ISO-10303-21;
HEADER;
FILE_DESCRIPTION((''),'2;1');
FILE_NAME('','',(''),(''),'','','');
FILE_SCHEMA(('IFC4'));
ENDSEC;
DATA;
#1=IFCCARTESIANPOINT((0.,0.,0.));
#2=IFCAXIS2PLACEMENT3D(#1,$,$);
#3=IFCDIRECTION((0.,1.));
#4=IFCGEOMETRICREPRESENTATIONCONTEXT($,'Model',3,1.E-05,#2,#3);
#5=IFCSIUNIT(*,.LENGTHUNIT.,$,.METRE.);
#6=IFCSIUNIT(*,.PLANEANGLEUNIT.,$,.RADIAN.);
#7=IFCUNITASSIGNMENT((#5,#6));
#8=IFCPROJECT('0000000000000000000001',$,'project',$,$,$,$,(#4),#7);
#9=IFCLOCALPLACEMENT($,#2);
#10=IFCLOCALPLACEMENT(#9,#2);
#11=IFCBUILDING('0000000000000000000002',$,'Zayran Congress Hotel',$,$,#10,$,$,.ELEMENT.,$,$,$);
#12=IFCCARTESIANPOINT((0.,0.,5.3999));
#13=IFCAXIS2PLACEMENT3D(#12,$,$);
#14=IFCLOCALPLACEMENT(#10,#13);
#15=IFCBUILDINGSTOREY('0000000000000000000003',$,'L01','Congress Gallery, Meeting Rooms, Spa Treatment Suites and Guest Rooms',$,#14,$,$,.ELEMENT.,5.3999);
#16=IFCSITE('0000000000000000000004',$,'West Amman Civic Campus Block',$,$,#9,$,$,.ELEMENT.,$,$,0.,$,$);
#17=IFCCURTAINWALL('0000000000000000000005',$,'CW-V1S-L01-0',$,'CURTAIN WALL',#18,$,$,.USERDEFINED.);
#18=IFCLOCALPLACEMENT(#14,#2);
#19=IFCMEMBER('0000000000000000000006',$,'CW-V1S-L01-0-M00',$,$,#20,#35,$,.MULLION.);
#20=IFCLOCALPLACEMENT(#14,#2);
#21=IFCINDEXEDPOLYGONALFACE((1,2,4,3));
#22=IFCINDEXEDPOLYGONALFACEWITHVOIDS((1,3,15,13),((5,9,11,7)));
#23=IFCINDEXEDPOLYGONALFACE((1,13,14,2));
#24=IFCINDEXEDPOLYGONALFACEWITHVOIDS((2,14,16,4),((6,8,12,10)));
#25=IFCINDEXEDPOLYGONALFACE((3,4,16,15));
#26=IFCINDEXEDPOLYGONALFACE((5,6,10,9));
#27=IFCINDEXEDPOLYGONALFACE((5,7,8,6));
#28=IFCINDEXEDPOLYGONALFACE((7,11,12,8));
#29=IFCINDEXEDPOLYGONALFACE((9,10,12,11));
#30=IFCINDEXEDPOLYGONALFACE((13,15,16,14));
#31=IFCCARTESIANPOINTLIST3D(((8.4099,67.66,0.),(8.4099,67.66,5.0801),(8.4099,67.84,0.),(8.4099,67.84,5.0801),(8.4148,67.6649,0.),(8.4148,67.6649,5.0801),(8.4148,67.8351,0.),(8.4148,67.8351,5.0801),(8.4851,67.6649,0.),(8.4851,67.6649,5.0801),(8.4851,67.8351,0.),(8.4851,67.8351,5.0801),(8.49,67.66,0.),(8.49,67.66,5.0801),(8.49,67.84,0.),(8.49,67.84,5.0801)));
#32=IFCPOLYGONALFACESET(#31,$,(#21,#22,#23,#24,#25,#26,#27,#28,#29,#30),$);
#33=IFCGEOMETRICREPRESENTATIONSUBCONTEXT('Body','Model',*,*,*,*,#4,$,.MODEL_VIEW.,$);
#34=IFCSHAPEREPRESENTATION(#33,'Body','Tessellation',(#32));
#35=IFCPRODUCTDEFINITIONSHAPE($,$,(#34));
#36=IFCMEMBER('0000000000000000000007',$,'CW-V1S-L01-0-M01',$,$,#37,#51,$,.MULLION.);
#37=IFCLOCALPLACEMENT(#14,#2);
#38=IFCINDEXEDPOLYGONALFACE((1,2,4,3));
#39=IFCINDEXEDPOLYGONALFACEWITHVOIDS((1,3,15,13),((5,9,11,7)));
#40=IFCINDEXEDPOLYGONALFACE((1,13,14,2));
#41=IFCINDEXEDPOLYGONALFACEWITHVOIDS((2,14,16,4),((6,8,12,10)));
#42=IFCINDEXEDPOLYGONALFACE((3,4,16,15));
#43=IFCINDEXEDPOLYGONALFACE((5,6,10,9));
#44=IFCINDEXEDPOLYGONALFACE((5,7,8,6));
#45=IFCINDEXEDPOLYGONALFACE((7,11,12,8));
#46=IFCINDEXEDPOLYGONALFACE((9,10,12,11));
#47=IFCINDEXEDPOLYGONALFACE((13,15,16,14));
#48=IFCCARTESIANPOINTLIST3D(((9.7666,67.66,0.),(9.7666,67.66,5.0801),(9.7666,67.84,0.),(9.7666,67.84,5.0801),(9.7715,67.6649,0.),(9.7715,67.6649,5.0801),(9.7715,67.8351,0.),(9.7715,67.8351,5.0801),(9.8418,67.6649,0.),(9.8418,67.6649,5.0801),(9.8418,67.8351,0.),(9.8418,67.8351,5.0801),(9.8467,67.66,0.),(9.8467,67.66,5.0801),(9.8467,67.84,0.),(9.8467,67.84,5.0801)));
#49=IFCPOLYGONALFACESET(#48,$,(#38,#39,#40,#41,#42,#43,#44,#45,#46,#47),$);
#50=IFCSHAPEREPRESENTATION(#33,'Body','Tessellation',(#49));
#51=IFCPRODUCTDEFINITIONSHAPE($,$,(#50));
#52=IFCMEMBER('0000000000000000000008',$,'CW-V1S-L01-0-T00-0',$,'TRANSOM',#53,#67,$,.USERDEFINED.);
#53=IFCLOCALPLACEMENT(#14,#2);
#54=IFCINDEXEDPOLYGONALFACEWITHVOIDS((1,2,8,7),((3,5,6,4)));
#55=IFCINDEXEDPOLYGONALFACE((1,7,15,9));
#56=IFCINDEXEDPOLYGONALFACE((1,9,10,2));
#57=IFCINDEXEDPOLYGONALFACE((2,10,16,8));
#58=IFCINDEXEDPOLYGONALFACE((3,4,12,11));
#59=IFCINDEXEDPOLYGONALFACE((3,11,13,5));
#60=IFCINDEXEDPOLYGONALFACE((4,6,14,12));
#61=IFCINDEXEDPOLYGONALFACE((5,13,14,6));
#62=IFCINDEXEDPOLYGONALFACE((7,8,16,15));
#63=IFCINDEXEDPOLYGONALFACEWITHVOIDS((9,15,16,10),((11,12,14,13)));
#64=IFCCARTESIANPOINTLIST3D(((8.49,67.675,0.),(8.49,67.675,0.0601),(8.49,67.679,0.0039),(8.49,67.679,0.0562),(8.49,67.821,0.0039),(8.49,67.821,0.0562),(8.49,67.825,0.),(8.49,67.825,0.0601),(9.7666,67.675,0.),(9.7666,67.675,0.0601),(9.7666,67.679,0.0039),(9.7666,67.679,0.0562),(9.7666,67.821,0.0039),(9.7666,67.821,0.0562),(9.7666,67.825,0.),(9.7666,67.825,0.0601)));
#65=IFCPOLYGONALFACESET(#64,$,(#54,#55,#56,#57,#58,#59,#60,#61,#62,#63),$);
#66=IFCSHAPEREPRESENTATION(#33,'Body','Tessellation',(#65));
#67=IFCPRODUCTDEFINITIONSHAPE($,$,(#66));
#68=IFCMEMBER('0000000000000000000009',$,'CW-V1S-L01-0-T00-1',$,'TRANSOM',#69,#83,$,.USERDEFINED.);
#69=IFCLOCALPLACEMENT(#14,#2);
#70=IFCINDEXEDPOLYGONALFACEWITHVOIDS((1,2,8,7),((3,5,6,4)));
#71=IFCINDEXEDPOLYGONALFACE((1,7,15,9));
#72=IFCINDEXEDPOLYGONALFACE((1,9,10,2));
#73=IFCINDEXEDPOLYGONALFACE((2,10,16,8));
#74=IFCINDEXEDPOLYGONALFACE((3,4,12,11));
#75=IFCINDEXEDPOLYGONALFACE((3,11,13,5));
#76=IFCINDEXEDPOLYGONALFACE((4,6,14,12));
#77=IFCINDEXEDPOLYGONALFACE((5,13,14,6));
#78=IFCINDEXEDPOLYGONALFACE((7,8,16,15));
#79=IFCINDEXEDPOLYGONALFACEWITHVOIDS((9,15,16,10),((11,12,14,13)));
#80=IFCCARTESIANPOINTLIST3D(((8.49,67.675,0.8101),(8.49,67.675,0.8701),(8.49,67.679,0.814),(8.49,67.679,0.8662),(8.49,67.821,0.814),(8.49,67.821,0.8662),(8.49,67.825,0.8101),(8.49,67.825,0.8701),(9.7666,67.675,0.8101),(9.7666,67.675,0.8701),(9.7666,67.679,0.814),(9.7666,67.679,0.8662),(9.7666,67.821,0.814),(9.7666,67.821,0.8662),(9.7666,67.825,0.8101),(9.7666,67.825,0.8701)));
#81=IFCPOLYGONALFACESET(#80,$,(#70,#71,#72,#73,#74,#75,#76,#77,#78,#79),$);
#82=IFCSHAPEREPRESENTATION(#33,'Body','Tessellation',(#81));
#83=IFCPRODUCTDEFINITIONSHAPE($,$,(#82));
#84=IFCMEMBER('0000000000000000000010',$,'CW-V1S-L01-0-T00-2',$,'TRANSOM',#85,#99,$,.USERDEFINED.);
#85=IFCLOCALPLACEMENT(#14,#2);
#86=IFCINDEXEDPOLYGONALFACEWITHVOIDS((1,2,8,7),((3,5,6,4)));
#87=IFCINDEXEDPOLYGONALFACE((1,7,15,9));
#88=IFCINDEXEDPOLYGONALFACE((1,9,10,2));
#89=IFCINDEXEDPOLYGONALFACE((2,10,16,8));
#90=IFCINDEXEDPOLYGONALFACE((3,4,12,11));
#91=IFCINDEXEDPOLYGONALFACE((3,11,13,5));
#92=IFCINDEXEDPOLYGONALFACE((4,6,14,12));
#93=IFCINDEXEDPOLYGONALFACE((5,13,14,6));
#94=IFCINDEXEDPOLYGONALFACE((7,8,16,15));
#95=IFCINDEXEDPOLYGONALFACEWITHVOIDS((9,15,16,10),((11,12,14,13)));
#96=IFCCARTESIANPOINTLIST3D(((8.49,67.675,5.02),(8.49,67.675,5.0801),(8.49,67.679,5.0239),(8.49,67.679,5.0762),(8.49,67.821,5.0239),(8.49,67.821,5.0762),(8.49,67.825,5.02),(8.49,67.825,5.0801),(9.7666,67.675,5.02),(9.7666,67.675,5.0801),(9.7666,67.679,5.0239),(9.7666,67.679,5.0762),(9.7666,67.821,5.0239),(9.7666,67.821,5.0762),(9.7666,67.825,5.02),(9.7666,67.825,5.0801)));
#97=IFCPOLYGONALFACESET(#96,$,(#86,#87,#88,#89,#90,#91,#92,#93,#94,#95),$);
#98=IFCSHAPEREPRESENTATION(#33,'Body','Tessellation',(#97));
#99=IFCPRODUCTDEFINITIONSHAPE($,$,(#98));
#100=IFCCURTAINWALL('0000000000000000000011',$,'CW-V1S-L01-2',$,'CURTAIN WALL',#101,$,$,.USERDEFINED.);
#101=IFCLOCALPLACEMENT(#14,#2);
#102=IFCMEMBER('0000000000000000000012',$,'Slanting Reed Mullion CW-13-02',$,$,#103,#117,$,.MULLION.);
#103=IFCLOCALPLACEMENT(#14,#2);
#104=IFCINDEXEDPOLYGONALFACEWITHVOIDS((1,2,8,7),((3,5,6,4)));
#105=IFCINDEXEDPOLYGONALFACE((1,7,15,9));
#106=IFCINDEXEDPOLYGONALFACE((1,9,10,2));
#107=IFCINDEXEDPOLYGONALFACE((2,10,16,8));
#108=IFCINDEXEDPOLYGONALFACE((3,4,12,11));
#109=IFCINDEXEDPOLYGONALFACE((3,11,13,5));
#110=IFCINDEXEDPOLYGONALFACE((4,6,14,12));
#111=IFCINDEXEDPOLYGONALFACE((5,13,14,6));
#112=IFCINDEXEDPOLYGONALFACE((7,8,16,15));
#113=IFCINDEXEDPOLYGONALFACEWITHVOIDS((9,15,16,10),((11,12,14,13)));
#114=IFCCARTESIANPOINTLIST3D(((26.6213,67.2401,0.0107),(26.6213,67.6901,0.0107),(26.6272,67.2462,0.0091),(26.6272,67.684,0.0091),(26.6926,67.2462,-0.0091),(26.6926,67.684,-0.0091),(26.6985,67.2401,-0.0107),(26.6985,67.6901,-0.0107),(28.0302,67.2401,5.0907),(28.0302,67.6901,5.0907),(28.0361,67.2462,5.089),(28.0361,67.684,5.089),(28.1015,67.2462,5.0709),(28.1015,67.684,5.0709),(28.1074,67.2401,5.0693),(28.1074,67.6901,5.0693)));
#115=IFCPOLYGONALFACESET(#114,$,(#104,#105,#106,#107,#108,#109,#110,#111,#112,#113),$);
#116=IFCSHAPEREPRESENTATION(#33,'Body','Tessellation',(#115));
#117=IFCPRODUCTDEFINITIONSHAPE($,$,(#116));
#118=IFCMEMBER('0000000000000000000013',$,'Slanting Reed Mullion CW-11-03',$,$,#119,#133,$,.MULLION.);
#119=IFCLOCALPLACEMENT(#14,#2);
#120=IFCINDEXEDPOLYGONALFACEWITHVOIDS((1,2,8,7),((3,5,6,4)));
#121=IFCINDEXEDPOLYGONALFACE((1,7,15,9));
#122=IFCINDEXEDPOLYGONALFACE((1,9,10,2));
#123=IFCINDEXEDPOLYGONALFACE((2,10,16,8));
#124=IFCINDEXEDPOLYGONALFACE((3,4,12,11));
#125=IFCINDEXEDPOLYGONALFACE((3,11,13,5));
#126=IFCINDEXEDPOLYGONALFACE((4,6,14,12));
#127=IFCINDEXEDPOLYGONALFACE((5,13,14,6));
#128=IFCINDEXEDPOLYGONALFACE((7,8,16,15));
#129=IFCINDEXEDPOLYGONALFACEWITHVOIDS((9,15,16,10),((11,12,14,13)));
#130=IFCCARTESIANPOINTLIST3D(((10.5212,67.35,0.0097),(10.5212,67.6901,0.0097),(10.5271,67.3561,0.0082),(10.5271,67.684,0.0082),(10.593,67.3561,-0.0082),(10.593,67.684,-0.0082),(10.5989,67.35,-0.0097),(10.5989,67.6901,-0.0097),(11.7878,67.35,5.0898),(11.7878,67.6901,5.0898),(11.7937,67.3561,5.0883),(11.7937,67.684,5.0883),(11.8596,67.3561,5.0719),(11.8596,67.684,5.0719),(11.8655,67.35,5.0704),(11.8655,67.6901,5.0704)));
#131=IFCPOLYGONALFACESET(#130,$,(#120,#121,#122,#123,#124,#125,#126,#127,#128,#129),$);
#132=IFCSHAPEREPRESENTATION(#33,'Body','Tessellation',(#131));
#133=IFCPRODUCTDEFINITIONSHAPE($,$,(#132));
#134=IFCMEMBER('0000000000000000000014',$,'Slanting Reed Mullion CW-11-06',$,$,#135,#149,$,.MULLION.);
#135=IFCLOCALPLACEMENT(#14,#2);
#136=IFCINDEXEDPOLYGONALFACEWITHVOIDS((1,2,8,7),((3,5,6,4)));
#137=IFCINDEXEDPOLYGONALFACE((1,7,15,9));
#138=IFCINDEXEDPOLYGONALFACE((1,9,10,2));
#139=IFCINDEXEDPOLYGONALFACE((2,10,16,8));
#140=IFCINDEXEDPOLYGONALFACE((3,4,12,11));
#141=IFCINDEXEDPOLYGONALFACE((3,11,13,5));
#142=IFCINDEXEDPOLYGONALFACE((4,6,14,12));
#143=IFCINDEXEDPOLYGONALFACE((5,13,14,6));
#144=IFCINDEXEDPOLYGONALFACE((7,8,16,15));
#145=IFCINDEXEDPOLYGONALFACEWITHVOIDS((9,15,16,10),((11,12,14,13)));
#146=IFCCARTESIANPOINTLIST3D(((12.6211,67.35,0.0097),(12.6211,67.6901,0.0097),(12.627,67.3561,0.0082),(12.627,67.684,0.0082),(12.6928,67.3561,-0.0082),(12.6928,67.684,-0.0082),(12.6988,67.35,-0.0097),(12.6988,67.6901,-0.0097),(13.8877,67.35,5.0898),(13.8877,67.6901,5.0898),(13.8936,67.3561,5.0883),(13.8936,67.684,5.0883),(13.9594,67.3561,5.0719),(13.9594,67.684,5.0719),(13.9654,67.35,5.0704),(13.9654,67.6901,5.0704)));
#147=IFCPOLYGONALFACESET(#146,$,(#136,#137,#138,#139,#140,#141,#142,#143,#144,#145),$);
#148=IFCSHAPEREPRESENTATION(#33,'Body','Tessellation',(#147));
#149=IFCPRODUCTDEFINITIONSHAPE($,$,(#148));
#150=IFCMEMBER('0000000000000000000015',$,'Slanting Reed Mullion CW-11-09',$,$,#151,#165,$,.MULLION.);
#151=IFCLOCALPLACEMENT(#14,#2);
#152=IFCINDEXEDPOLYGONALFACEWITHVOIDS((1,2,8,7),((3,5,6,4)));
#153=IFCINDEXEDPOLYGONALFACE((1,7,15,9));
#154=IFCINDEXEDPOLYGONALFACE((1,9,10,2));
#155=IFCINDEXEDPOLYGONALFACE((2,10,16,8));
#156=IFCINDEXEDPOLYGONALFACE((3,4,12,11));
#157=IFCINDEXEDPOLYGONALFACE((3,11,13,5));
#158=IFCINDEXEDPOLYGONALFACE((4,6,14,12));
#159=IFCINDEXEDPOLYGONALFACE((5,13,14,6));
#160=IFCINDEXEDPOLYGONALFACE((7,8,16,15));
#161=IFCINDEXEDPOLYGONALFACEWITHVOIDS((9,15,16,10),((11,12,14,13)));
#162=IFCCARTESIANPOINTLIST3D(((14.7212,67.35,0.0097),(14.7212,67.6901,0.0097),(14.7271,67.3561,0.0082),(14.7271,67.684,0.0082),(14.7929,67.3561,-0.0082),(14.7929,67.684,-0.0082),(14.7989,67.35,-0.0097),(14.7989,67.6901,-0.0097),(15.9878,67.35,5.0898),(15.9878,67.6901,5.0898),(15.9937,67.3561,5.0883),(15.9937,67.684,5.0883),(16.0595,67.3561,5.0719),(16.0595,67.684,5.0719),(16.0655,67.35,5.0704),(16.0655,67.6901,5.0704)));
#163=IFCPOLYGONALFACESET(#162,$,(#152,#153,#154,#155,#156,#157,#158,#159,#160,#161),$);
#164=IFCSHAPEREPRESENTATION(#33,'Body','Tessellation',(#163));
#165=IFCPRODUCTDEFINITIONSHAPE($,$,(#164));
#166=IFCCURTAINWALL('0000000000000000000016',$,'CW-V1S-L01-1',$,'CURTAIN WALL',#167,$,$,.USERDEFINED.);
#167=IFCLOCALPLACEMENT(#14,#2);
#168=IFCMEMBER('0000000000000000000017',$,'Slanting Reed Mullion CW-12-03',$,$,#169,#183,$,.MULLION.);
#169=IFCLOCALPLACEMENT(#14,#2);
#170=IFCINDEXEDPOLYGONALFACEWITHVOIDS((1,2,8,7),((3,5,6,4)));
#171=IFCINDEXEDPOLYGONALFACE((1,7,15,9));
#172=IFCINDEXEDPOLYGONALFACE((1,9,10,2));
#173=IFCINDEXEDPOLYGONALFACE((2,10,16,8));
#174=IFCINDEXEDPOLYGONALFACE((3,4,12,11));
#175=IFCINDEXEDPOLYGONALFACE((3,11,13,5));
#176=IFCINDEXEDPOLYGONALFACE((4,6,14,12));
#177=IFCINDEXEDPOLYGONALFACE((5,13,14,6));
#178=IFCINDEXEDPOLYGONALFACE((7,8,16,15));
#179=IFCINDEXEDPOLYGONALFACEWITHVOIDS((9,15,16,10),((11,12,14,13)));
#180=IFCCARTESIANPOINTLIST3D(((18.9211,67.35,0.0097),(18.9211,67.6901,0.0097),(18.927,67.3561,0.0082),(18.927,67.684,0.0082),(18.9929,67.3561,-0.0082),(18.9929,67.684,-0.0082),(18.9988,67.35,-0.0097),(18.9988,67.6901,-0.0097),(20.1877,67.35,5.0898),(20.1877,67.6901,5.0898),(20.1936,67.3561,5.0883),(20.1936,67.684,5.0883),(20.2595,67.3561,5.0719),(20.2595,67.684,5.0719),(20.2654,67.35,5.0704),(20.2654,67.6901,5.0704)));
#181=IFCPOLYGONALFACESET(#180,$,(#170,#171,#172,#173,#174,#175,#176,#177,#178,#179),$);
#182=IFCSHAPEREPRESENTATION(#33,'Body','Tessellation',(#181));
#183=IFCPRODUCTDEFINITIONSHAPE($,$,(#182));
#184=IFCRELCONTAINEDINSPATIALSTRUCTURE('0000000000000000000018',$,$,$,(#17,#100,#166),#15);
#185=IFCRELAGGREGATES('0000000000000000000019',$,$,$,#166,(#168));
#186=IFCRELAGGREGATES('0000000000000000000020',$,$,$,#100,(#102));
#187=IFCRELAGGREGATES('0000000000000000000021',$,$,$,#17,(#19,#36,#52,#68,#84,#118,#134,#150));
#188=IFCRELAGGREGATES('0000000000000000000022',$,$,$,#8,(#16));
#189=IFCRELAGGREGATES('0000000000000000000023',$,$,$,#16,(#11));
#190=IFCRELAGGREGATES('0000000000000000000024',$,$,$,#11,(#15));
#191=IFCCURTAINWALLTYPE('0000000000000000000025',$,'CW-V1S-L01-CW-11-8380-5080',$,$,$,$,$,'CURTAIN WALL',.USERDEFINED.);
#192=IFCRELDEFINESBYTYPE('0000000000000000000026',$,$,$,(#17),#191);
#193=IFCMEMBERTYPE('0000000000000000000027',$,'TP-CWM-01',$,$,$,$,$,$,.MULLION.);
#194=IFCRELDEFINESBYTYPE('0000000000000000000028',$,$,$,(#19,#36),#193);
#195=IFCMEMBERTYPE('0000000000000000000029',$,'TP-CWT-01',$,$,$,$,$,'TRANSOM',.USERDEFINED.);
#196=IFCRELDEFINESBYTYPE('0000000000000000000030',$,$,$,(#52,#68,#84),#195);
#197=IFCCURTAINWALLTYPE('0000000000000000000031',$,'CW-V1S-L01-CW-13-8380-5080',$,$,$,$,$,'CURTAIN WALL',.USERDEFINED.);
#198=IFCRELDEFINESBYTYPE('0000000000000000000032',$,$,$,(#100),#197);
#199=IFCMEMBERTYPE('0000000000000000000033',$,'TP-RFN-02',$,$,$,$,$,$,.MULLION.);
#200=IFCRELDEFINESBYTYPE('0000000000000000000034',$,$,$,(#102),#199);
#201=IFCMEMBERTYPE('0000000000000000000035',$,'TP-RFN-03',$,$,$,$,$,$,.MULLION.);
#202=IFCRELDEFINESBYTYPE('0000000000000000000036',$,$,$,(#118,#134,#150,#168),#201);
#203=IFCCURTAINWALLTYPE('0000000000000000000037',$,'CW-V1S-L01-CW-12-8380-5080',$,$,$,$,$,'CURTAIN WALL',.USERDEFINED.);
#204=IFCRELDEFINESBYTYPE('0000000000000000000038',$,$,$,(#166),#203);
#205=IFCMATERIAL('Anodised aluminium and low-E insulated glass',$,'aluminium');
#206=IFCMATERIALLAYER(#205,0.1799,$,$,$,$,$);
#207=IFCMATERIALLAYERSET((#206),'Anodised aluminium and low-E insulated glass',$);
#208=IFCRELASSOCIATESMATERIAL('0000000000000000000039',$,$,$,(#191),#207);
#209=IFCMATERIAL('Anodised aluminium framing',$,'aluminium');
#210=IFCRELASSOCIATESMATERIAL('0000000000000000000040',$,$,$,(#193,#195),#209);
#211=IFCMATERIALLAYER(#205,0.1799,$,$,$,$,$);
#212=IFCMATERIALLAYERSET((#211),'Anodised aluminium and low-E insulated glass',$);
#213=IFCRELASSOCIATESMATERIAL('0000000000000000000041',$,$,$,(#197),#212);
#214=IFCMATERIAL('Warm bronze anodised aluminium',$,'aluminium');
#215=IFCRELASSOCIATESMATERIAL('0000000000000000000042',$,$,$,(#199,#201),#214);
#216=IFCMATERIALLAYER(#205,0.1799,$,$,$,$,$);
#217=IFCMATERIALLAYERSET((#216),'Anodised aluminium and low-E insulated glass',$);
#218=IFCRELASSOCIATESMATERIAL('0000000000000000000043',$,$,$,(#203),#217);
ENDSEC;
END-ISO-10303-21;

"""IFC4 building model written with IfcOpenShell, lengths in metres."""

from ifc_helpers import new_model, si_unit, direction, frame, origin, origin_2d, place, context, subcontext, project, spatial, hollow_rectangle, extrude, material, layer, layer_set, material_profile, profile_set, type_object, element, aggregate, save


model = new_model("IFC4")

# Units and contexts
model_context = context("Model", 3, precision=1e-05, world=origin(), true_north=direction((0.0, 1.0)))
body_context = subcontext(model_context, "Body", "Model", "MODEL_VIEW")
ifc_project = project(units=[si_unit("LENGTHUNIT", "METRE"), si_unit("PLANEANGLEUNIT", "RADIAN")], contexts=[model_context])

# Site, building, storey
site_placement = place(None, origin())
site = spatial("IfcSite", under=ifc_project, at=site_placement, Name="West Amman Civic Campus Block", CompositionType="ELEMENT", RefElevation=0.0)
building_placement = place(site_placement, origin())
building = spatial("IfcBuilding", under=site, at=building_placement, Name="Zayran Congress Hotel", CompositionType="ELEMENT")
storey_placement = place(building_placement, frame((0.0, 0.0, 5.3999)))
storey = spatial("IfcBuildingStorey", under=building, at=storey_placement, Name="L01", Description="Congress Gallery, Meeting Rooms, Spa Treatment Suites and Guest Rooms", CompositionType="ELEMENT", Elevation=5.3999)

# Curtain wall, members
ifc_material_1 = material(Name="Anodised aluminium and low-E insulated glass", Category="aluminium")
ifc_layer_1 = layer(ifc_material_1, 0.1799)
ifc_layer_set_1 = layer_set([ifc_layer_1], Name="Anodised aluminium and low-E insulated glass")
curtain_wall_type_1 = type_object("IfcCurtainWallType", Name="CW-V1S-L01-CW-11-8380-5080", ElementType="CURTAIN WALL", PredefinedType="USERDEFINED", material=ifc_layer_set_1)
curtain_wall_1_placement = place(storey_placement, origin())
curtain_wall_1 = element("IfcCurtainWall", 1, at=curtain_wall_1_placement, inside=storey, type_object=curtain_wall_type_1, Name="CW-V1S-L01-0", ObjectType="CURTAIN WALL", PredefinedType="USERDEFINED")
ifc_material_2 = material(Name="Anodised aluminium framing", Category="aluminium")
ifc_material_profile_1 = material_profile(ifc_material_2, hollow_rectangle(XDim=0.0801, YDim=0.1799, WallThickness=0.0049, at=origin_2d()), Name="RHS 180x80x5")
ifc_profile_set_1 = profile_set([ifc_material_profile_1], Name="Anodised aluminium framing")
member_type_1 = type_object("IfcMemberType", Name="TP-CWM-01", PredefinedType="MULLION", material=ifc_profile_set_1)
member_1_placement = place(storey_placement, frame((8.45, 67.75, 0.0), z_axis=(0.0, 0.0, 1.0), x_axis=(1.0, 0.0, 0.0)))
member_1 = element("IfcMember", 2, at=member_1_placement, type_object=member_type_1, Name="CW-V1S-L01-0-M00", PredefinedType="MULLION", context=body_context, shape_type="SweptSolid", body=[
    extrude(hollow_rectangle(XDim=0.0801, YDim=0.1799, WallThickness=0.0049, at=origin_2d()), origin(), (0.0, 0.0, 1.0), 5.0801),
])
member_2_placement = place(storey_placement, frame((9.8066, 67.75, 0.0), z_axis=(0.0, 0.0, 1.0), x_axis=(1.0, 0.0, 0.0)))
member_2 = element("IfcMember", 3, at=member_2_placement, type_object=member_type_1, Name="CW-V1S-L01-0-M01", PredefinedType="MULLION", context=body_context, shape_type="SweptSolid", body=[
    extrude(hollow_rectangle(XDim=0.0801, YDim=0.1799, WallThickness=0.0049, at=origin_2d()), origin(), (0.0, 0.0, 1.0), 5.0801),
])
ifc_material_profile_2 = material_profile(ifc_material_2, hollow_rectangle(XDim=0.0601, YDim=0.1499, WallThickness=0.0039, at=origin_2d()), Name="RHS 150x60x4")
ifc_profile_set_2 = profile_set([ifc_material_profile_2], Name="Anodised aluminium framing")
member_type_2 = type_object("IfcMemberType", Name="TP-CWT-01", ElementType="TRANSOM", PredefinedType="USERDEFINED", material=ifc_profile_set_2)
member_3_placement = place(storey_placement, frame((8.49, 67.75, 0.03), z_axis=(1.0, 0.0, 0.0), x_axis=(0.0, 0.0, 1.0)))
member_3 = element("IfcMember", 4, at=member_3_placement, type_object=member_type_2, Name="CW-V1S-L01-0-T00-0", ObjectType="TRANSOM", PredefinedType="USERDEFINED", context=body_context, shape_type="SweptSolid", body=[
    extrude(hollow_rectangle(XDim=0.0601, YDim=0.1499, WallThickness=0.0039, at=origin_2d()), origin(), (0.0, 0.0, 1.0), 1.2766),
])
member_4_placement = place(storey_placement, frame((8.49, 67.75, 0.8401), z_axis=(1.0, 0.0, 0.0), x_axis=(0.0, 0.0, 1.0)))
member_4 = element("IfcMember", 5, at=member_4_placement, type_object=member_type_2, Name="CW-V1S-L01-0-T00-1", ObjectType="TRANSOM", PredefinedType="USERDEFINED", context=body_context, shape_type="SweptSolid", body=[
    extrude(hollow_rectangle(XDim=0.0601, YDim=0.1499, WallThickness=0.0039, at=origin_2d()), origin(), (0.0, 0.0, 1.0), 1.2766),
])
member_5_placement = place(storey_placement, frame((8.49, 67.75, 5.05), z_axis=(1.0, 0.0, 0.0), x_axis=(0.0, 0.0, 1.0)))
member_5 = element("IfcMember", 6, at=member_5_placement, type_object=member_type_2, Name="CW-V1S-L01-0-T00-2", ObjectType="TRANSOM", PredefinedType="USERDEFINED", context=body_context, shape_type="SweptSolid", body=[
    extrude(hollow_rectangle(XDim=0.0601, YDim=0.1499, WallThickness=0.0039, at=origin_2d()), origin(), (0.0, 0.0, 1.0), 1.2766),
])

# Curtain wall, member
ifc_layer_2 = layer(ifc_material_1, 0.1799)
ifc_layer_set_2 = layer_set([ifc_layer_2], Name="Anodised aluminium and low-E insulated glass")
curtain_wall_type_2 = type_object("IfcCurtainWallType", Name="CW-V1S-L01-CW-13-8380-5080", ElementType="CURTAIN WALL", PredefinedType="USERDEFINED", material=ifc_layer_set_2)
curtain_wall_2_placement = place(storey_placement, origin())
curtain_wall_2 = element("IfcCurtainWall", 7, at=curtain_wall_2_placement, inside=storey, type_object=curtain_wall_type_2, Name="CW-V1S-L01-2", ObjectType="CURTAIN WALL", PredefinedType="USERDEFINED")
ifc_material_3 = material(Name="Warm bronze anodised aluminium", Category="aluminium")
ifc_material_profile_3 = material_profile(ifc_material_3, hollow_rectangle(XDim=0.0801, YDim=0.45, WallThickness=0.0061, at=origin_2d()), Name="RHS 450x80x6")
ifc_profile_set_3 = profile_set([ifc_material_profile_3], Name="Warm bronze anodised aluminium")
member_type_3 = type_object("IfcMemberType", Name="TP-RFN-02", PredefinedType="MULLION", material=ifc_profile_set_3)
member_6_placement = place(storey_placement, frame((26.6599, 67.4651, 0.0), z_axis=(0.267257, 0.0, 0.963625), x_axis=(-0.963625, 0.0, 0.267257)))
member_6 = element("IfcMember", 8, at=member_6_placement, type_object=member_type_3, Name="Slanting Reed Mullion CW-13-02", PredefinedType="MULLION", context=body_context, shape_type="SweptSolid", body=[
    extrude(hollow_rectangle(XDim=0.0801, YDim=0.45, WallThickness=0.0061, at=origin_2d()), origin(), (0.0, 0.0, 1.0), 5.2717),
])

# Members
ifc_material_profile_4 = material_profile(ifc_material_3, hollow_rectangle(XDim=0.0801, YDim=0.3401, WallThickness=0.0061, at=origin_2d()), Name="RHS 340x80x6")
ifc_profile_set_4 = profile_set([ifc_material_profile_4], Name="Warm bronze anodised aluminium")
member_type_4 = type_object("IfcMemberType", Name="TP-RFN-03", PredefinedType="MULLION", material=ifc_profile_set_4)
member_7_placement = place(storey_placement, frame((10.5601, 67.52, 0.0), z_axis=(0.241921, 0.0, 0.970296), x_axis=(-0.970296, 0.0, 0.241921)))
member_7 = element("IfcMember", 9, at=member_7_placement, type_object=member_type_4, Name="Slanting Reed Mullion CW-11-03", PredefinedType="MULLION", context=body_context, shape_type="SweptSolid", body=[
    extrude(hollow_rectangle(XDim=0.0801, YDim=0.3401, WallThickness=0.0061, at=origin_2d()), origin(), (0.0, 0.0, 1.0), 5.2356),
])
member_8_placement = place(storey_placement, frame((12.6599, 67.52, 0.0), z_axis=(0.241921, 0.0, 0.970296), x_axis=(-0.970296, 0.0, 0.241921)))
member_8 = element("IfcMember", 10, at=member_8_placement, type_object=member_type_4, Name="Slanting Reed Mullion CW-11-06", PredefinedType="MULLION", context=body_context, shape_type="SweptSolid", body=[
    extrude(hollow_rectangle(XDim=0.0801, YDim=0.3401, WallThickness=0.0061, at=origin_2d()), origin(), (0.0, 0.0, 1.0), 5.2356),
])
member_9_placement = place(storey_placement, frame((14.76, 67.52, 0.0), z_axis=(0.241921, 0.0, 0.970296), x_axis=(-0.970296, 0.0, 0.241921)))
member_9 = element("IfcMember", 11, at=member_9_placement, type_object=member_type_4, Name="Slanting Reed Mullion CW-11-09", PredefinedType="MULLION", context=body_context, shape_type="SweptSolid", body=[
    extrude(hollow_rectangle(XDim=0.0801, YDim=0.3401, WallThickness=0.0061, at=origin_2d()), origin(), (0.0, 0.0, 1.0), 5.2356),
])

# Curtain wall, member
ifc_layer_3 = layer(ifc_material_1, 0.1799)
ifc_layer_set_3 = layer_set([ifc_layer_3], Name="Anodised aluminium and low-E insulated glass")
curtain_wall_type_3 = type_object("IfcCurtainWallType", Name="CW-V1S-L01-CW-12-8380-5080", ElementType="CURTAIN WALL", PredefinedType="USERDEFINED", material=ifc_layer_set_3)
curtain_wall_3_placement = place(storey_placement, origin())
curtain_wall_3 = element("IfcCurtainWall", 12, at=curtain_wall_3_placement, inside=storey, type_object=curtain_wall_type_3, Name="CW-V1S-L01-1", ObjectType="CURTAIN WALL", PredefinedType="USERDEFINED")
member_10_placement = place(storey_placement, frame((18.96, 67.52, 0.0), z_axis=(0.241921, 0.0, 0.970296), x_axis=(-0.970296, 0.0, 0.241921)))
member_10 = element("IfcMember", 13, at=member_10_placement, type_object=member_type_4, Name="Slanting Reed Mullion CW-12-03", PredefinedType="MULLION", context=body_context, shape_type="SweptSolid", body=[
    extrude(hollow_rectangle(XDim=0.0801, YDim=0.3401, WallThickness=0.0061, at=origin_2d()), origin(), (0.0, 0.0, 1.0), 5.2356),
])
aggregate(curtain_wall_3, [member_10])

aggregate(curtain_wall_2, [member_6])

aggregate(curtain_wall_1, [member_1, member_2, member_3, member_4, member_5, member_7, member_8, member_9])

save(model, "model.ifc")
